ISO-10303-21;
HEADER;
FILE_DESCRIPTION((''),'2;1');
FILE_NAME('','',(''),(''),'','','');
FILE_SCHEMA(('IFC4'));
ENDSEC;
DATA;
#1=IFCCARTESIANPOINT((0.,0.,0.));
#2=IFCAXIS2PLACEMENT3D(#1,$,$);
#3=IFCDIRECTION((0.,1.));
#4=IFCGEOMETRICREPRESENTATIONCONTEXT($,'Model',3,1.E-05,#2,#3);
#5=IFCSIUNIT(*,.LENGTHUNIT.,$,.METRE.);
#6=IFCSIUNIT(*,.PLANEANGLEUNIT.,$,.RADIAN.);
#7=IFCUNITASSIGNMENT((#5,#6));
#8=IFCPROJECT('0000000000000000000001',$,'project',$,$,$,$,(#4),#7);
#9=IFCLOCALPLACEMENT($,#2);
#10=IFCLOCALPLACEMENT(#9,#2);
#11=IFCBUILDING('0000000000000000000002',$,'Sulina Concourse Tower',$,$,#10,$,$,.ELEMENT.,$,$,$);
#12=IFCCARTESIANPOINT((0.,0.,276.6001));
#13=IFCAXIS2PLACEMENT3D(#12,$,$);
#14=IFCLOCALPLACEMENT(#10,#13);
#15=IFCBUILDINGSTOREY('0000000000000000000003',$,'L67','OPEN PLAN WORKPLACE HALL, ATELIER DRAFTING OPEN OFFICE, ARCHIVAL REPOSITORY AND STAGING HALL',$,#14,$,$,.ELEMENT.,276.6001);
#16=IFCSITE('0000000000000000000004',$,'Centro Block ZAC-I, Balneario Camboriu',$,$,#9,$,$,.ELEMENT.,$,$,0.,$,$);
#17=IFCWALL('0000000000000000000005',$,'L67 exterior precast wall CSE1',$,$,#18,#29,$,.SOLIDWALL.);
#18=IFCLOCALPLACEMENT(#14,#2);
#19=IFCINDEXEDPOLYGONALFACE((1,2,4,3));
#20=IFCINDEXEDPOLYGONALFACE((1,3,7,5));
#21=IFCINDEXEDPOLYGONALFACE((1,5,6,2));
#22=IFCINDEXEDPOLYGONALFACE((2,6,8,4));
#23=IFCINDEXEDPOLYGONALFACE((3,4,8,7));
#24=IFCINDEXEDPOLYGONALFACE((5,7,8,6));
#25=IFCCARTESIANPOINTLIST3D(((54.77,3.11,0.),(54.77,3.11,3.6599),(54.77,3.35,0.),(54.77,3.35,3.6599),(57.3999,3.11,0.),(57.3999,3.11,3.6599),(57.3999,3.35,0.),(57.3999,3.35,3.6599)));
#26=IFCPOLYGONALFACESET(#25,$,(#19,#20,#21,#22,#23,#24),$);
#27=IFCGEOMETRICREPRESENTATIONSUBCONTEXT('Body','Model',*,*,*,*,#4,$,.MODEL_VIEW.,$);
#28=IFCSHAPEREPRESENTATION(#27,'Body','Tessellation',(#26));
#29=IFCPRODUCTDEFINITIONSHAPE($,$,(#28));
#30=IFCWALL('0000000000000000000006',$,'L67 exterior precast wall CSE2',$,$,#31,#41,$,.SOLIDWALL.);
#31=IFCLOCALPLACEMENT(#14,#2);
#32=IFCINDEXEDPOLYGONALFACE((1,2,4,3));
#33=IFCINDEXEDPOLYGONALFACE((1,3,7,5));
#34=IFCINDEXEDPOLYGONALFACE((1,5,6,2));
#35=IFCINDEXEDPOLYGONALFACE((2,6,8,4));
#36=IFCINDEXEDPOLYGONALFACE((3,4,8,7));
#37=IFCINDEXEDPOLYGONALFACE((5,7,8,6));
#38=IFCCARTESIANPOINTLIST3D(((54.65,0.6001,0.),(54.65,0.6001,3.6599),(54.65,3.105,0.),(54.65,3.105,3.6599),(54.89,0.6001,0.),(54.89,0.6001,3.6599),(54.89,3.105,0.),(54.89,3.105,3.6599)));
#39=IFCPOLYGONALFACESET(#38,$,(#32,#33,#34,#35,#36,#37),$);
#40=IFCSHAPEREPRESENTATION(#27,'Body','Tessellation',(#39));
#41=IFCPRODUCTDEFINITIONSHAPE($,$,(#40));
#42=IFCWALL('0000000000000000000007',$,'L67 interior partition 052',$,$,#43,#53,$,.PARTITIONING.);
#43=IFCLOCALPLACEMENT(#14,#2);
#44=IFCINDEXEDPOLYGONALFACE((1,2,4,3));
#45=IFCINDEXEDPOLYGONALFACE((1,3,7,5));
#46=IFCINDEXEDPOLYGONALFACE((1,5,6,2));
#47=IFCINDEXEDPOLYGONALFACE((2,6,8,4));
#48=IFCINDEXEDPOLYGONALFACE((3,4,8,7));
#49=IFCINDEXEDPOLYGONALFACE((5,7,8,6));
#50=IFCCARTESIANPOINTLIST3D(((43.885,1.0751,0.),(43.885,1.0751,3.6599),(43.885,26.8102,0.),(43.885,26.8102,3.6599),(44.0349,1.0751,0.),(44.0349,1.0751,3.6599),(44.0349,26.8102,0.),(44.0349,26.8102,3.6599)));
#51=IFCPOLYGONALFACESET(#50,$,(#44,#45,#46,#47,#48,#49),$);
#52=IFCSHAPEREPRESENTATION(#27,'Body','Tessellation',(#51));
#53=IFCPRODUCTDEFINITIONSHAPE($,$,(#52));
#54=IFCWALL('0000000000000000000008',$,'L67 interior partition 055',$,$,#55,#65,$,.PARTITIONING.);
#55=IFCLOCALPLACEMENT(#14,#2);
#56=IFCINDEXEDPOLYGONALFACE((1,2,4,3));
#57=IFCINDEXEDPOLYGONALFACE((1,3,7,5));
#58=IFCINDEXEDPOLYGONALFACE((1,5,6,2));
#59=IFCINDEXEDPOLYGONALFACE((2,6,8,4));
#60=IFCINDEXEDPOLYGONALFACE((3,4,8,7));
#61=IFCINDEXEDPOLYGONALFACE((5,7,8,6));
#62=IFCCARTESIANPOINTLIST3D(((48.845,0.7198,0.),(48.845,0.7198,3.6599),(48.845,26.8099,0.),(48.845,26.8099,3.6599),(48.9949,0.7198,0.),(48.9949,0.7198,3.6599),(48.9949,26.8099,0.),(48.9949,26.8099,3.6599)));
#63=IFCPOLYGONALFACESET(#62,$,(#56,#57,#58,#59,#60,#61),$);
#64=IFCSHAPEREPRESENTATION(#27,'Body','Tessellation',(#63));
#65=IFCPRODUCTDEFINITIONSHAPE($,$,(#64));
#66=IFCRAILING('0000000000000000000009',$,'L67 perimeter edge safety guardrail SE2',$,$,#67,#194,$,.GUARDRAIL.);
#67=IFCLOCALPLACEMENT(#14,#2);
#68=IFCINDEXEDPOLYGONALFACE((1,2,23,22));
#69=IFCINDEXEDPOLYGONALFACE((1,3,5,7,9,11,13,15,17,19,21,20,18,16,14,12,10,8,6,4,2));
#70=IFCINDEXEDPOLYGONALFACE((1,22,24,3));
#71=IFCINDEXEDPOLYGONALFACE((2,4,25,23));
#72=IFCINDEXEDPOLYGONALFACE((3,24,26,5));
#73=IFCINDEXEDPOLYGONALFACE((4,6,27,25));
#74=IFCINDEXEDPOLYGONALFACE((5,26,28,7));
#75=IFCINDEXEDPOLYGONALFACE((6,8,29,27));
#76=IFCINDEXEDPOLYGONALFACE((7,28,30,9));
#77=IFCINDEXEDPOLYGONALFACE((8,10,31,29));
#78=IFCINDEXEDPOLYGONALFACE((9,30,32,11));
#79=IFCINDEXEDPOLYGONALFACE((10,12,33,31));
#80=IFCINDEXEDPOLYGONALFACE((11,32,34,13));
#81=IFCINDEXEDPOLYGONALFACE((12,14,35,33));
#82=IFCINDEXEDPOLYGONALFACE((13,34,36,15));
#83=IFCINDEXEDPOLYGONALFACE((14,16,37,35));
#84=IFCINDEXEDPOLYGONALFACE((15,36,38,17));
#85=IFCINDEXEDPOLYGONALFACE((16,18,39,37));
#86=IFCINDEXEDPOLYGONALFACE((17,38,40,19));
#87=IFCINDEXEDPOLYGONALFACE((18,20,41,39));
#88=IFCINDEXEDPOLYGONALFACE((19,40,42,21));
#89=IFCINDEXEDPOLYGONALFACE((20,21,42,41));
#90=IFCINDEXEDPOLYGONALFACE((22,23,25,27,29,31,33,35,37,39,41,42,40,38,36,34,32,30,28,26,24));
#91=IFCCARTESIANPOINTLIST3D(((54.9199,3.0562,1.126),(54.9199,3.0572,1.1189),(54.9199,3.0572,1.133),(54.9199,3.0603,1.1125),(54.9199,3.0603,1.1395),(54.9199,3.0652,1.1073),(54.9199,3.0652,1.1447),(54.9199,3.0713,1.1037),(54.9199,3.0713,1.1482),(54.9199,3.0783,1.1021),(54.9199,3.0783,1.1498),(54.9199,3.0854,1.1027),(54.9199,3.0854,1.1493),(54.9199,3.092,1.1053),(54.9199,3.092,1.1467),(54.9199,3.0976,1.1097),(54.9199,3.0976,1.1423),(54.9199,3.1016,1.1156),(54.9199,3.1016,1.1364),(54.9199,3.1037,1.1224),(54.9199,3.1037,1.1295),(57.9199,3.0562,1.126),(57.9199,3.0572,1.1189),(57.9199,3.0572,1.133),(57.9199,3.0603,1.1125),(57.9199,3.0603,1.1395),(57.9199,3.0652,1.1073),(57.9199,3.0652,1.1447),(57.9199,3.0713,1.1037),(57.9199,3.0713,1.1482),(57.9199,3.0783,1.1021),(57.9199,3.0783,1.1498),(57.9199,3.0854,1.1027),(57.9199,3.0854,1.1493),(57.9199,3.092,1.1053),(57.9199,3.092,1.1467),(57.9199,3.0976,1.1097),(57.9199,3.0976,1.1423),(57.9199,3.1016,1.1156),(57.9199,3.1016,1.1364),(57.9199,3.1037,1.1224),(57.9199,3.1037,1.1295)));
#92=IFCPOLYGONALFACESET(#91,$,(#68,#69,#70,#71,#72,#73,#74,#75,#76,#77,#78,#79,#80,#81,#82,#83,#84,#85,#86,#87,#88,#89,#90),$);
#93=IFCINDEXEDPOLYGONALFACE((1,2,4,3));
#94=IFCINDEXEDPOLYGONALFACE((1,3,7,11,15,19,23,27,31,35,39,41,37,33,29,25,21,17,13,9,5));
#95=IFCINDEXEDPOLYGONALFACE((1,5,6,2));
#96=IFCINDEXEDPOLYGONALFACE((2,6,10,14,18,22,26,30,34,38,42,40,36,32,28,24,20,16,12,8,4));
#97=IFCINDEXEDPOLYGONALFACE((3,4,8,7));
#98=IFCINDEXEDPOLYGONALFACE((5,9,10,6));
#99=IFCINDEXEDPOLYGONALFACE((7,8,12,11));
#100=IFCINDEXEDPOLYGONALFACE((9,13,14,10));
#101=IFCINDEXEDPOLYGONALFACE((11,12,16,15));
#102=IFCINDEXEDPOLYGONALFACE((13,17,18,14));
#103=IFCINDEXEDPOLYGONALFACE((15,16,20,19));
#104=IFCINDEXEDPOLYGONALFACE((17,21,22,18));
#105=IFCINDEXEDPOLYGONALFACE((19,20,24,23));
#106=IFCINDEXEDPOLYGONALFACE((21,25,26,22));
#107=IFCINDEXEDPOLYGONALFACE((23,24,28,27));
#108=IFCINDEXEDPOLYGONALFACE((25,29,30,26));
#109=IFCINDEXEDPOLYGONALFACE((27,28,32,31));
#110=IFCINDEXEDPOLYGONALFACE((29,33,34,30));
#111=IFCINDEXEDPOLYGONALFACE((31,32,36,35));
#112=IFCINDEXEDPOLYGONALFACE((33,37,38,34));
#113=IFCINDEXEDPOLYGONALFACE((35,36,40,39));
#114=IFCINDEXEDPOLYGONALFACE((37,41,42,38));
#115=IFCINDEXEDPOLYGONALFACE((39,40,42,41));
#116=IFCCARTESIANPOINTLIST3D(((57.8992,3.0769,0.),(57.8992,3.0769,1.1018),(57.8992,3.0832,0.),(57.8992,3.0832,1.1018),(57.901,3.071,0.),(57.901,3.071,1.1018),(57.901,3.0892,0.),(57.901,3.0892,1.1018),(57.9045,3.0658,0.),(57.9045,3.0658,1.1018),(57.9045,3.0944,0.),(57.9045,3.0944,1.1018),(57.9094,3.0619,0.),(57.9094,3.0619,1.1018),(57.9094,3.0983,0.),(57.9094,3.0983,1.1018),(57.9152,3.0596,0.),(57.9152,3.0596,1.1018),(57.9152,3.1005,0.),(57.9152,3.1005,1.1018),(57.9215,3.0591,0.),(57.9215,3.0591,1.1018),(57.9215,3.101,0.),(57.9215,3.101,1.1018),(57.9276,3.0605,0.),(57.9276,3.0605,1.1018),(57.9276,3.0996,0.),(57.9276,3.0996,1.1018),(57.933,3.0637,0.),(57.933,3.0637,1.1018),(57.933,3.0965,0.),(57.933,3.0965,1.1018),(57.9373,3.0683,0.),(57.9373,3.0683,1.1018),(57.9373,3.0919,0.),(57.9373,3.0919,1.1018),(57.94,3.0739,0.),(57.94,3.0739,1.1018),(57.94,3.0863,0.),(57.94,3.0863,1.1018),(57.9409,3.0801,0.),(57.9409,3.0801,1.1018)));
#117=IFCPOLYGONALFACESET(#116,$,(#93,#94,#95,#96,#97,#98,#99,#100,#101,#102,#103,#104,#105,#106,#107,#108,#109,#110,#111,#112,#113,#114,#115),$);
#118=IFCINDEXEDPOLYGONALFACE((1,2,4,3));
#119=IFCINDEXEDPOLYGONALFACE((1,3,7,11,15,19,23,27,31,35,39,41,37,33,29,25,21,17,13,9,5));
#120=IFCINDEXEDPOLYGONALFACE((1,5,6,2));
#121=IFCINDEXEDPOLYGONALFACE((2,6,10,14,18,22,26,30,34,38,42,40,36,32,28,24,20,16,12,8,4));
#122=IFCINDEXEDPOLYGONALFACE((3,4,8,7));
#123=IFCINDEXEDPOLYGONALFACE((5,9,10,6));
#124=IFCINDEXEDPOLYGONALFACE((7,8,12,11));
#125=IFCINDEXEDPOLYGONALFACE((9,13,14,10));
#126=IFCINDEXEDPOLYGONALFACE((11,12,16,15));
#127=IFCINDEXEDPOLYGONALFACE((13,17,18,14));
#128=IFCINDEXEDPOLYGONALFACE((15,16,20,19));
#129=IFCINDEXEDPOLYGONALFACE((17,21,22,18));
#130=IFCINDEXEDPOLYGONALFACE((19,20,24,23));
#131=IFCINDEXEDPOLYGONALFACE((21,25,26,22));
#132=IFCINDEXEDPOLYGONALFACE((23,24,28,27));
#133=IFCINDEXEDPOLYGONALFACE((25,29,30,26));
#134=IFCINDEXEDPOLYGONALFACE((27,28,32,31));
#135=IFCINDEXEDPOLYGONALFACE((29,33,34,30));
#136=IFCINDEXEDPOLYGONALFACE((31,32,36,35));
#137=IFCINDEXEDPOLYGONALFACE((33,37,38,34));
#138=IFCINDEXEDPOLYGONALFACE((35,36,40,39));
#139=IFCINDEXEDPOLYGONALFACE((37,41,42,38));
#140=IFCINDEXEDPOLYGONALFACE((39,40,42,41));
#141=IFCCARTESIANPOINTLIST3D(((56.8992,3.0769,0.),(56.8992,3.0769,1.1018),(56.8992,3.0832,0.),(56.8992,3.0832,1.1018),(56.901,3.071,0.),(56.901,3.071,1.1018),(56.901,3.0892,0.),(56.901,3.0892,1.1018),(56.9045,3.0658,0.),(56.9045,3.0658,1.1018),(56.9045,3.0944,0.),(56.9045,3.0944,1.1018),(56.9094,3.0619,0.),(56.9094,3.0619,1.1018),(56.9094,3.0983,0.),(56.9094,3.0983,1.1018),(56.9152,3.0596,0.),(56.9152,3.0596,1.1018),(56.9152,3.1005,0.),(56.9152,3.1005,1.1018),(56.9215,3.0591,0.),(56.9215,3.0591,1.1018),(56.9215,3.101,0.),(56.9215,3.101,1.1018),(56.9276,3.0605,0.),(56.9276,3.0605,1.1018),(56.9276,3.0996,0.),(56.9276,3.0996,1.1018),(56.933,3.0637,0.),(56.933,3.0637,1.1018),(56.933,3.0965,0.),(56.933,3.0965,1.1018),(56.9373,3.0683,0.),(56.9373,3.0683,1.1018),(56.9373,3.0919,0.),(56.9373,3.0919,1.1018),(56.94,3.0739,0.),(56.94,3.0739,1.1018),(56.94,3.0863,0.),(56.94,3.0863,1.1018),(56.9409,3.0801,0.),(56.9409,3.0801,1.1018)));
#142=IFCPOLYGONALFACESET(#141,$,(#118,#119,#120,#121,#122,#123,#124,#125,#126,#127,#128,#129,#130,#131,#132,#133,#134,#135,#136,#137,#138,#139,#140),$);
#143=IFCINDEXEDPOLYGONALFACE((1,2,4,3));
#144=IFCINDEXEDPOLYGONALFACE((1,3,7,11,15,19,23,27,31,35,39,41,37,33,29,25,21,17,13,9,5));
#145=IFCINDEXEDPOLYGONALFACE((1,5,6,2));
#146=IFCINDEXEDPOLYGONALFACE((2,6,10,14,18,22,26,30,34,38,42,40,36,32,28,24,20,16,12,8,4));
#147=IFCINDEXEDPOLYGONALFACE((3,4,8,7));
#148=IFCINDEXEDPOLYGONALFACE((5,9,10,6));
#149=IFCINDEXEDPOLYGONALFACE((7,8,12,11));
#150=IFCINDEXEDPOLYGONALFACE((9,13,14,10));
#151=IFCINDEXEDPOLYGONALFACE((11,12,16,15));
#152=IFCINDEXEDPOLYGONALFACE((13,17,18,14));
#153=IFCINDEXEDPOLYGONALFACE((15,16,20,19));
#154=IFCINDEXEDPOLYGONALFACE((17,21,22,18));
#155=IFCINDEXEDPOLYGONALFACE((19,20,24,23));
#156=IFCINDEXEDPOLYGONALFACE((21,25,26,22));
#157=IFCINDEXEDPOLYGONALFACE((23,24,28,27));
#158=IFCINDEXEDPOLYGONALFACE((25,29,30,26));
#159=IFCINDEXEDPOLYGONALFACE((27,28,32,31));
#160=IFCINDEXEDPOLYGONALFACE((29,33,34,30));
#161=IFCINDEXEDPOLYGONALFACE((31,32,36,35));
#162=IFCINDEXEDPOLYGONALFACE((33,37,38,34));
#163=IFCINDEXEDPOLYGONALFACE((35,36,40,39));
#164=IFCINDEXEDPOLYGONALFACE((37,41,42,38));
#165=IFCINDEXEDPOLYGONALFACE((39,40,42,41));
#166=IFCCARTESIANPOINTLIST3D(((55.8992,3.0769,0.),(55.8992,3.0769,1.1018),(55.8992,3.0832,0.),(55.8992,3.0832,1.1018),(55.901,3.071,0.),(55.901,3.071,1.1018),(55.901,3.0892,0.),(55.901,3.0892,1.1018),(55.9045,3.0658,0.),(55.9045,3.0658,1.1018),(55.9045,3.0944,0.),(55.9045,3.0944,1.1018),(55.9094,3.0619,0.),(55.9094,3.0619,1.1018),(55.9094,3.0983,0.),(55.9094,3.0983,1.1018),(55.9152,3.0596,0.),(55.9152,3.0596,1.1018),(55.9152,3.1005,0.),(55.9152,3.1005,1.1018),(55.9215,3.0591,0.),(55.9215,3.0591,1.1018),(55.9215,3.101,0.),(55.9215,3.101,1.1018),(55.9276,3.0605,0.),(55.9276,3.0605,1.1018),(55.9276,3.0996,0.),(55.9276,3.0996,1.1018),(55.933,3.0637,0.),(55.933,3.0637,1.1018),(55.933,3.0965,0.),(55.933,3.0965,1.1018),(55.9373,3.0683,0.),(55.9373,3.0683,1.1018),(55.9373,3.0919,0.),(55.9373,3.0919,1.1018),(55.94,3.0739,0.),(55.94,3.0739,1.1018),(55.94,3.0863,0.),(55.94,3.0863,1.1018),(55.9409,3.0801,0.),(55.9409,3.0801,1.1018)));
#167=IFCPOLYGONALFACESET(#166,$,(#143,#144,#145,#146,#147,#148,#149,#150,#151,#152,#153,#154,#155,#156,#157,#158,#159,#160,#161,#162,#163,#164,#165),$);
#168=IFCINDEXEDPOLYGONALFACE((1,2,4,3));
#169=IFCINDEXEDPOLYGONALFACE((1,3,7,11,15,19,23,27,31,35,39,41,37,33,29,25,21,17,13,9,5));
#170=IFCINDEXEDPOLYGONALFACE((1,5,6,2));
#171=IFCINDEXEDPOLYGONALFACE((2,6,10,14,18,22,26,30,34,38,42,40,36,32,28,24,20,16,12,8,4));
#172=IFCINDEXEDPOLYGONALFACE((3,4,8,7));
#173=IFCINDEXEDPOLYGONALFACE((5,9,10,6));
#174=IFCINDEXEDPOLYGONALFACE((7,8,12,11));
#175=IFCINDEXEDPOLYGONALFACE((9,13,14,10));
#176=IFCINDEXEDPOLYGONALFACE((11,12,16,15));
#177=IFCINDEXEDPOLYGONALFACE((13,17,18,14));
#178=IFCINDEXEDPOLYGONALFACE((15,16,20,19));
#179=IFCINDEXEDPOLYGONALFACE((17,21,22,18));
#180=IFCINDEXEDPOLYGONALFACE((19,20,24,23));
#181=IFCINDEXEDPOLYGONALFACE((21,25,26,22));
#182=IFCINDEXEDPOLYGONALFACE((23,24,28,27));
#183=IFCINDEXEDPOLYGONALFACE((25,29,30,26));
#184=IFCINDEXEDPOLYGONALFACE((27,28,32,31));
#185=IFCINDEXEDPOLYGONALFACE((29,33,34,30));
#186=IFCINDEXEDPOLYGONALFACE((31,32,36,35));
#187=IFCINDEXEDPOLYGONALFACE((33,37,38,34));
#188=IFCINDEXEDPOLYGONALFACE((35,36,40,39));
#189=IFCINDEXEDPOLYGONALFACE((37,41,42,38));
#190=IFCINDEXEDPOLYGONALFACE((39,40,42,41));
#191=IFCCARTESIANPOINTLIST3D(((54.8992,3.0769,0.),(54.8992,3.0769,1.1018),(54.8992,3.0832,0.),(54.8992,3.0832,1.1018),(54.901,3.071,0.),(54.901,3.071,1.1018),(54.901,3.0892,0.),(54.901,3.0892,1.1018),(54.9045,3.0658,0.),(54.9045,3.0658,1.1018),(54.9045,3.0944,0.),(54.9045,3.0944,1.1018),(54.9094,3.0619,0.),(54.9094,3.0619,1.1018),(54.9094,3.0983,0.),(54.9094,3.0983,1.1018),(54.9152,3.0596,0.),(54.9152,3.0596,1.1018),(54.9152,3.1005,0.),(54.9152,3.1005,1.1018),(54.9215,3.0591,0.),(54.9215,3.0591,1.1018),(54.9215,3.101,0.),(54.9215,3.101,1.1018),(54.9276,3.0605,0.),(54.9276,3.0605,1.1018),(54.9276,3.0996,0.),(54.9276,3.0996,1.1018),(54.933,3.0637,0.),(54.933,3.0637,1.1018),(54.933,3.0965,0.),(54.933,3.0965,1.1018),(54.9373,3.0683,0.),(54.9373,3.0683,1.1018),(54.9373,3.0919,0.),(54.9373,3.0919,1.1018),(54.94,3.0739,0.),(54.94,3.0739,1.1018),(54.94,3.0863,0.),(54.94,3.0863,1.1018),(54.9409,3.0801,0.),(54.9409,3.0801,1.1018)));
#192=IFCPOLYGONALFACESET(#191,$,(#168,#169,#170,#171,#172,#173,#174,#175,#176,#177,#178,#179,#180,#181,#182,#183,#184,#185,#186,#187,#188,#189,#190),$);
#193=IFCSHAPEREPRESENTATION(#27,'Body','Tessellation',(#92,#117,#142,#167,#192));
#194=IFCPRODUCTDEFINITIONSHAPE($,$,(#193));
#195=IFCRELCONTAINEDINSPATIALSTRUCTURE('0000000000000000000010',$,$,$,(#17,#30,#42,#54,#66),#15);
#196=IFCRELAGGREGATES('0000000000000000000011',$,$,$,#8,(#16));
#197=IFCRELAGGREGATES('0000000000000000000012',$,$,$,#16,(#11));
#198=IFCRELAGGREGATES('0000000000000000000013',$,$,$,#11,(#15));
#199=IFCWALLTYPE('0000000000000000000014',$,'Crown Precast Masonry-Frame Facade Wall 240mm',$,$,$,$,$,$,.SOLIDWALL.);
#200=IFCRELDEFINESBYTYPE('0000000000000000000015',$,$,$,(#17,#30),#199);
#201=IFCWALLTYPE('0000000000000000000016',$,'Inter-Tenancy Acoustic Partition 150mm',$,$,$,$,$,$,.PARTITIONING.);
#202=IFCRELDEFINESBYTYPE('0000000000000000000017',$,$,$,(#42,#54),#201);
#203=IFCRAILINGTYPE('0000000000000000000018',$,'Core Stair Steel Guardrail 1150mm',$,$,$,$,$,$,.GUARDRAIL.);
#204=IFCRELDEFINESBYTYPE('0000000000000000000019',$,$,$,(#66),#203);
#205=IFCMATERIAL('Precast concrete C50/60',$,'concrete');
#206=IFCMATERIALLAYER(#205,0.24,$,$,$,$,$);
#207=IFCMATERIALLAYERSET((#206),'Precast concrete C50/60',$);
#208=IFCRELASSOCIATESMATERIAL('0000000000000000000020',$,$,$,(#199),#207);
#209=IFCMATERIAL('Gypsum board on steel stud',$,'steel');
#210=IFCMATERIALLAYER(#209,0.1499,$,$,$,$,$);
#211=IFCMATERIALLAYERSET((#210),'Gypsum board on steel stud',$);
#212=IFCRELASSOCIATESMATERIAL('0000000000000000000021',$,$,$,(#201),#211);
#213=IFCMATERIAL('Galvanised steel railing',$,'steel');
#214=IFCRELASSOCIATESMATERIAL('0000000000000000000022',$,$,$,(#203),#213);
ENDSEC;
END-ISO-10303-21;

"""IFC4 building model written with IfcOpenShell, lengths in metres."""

from ifc_helpers import new_model, si_unit, direction, frame, frame_2d, origin, origin_2d, place, context, subcontext, project, spatial, rectangle, circle, extrude, material, layer, layer_set, type_object, element, save


model = new_model("IFC4")

# Units and contexts
model_context = context("Model", 3, precision=1e-05, world=origin(), true_north=direction((0.0, 1.0)))
body_context = subcontext(model_context, "Body", "Model", "MODEL_VIEW")
ifc_project = project(units=[si_unit("LENGTHUNIT", "METRE"), si_unit("PLANEANGLEUNIT", "RADIAN")], contexts=[model_context])

# Site, building, storey
site_placement = place(None, origin())
site = spatial("IfcSite", under=ifc_project, at=site_placement, Name="Centro Block ZAC-I, Balneario Camboriu", CompositionType="ELEMENT", RefElevation=0.0)
building_placement = place(site_placement, origin())
building = spatial("IfcBuilding", under=site, at=building_placement, Name="Sulina Concourse Tower", CompositionType="ELEMENT")
storey_placement = place(building_placement, frame((0.0, 0.0, 276.6001)))
storey = spatial("IfcBuildingStorey", under=building, at=storey_placement, Name="L67", Description="OPEN PLAN WORKPLACE HALL, ATELIER DRAFTING OPEN OFFICE, ARCHIVAL REPOSITORY AND STAGING HALL", CompositionType="ELEMENT", Elevation=276.6001)

# Shared definitions
ifc_material_1 = material(Name="Precast concrete C50/60", Category="concrete")
ifc_layer_1 = layer(ifc_material_1, 0.24)
ifc_layer_set_1 = layer_set([ifc_layer_1], Name="Precast concrete C50/60")
wall_type_1 = type_object("IfcWallType", Name="Crown Precast Masonry-Frame Facade Wall 240mm", PredefinedType="SOLIDWALL", material=ifc_layer_set_1)

# Walls
wall_1_placement = place(storey_placement, frame((57.3999, 3.23, 0.0), z_axis=(0.0, 0.0, 1.0), x_axis=(-1.0, 0.0, 0.0)))
element("IfcWall", 1, at=wall_1_placement, inside=storey, type_object=wall_type_1, Name="L67 exterior precast wall CSE1", PredefinedType="SOLIDWALL", context=body_context, shape_type="SweptSolid", body=[
    extrude(rectangle(XDim=2.6299, YDim=0.24, at=frame_2d((1.3149, 0.0))), origin(), (0.0, 0.0, 1.0), 3.6599),
])
wall_2_placement = place(storey_placement, frame((54.77, 3.105, 0.0), z_axis=(0.0, 0.0, 1.0), x_axis=(0.0, -1.0, 0.0)))
element("IfcWall", 2, at=wall_2_placement, inside=storey, type_object=wall_type_1, Name="L67 exterior precast wall CSE2", PredefinedType="SOLIDWALL", context=body_context, shape_type="SweptSolid", body=[
    extrude(rectangle(XDim=2.5049, YDim=0.24, at=frame_2d((1.2524, 0.0))), origin(), (0.0, 0.0, 1.0), 3.6599),
])
ifc_material_2 = material(Name="Gypsum board on steel stud", Category="steel")
ifc_layer_2 = layer(ifc_material_2, 0.1499)
ifc_layer_set_2 = layer_set([ifc_layer_2], Name="Gypsum board on steel stud")
wall_type_2 = type_object("IfcWallType", Name="Inter-Tenancy Acoustic Partition 150mm", PredefinedType="PARTITIONING", material=ifc_layer_set_2)
wall_3_placement = place(storey_placement, frame((43.96, 1.075, 0.0), z_axis=(0.0, 0.0, 1.0), x_axis=(0.0, 1.0, 0.0)))
element("IfcWall", 3, at=wall_3_placement, inside=storey, type_object=wall_type_2, Name="L67 interior partition 052", PredefinedType="PARTITIONING", context=body_context, shape_type="SweptSolid", body=[
    extrude(rectangle(XDim=25.7351, YDim=0.1499, at=frame_2d((12.8677, 0.0))), origin(), (0.0, 0.0, 1.0), 3.6599),
])
wall_4_placement = place(storey_placement, frame((48.9199, 0.72, 0.0), z_axis=(0.0, 0.0, 1.0), x_axis=(0.0, 1.0, 0.0)))
element("IfcWall", 4, at=wall_4_placement, inside=storey, type_object=wall_type_2, Name="L67 interior partition 055", PredefinedType="PARTITIONING", context=body_context, shape_type="SweptSolid", body=[
    extrude(rectangle(XDim=26.0901, YDim=0.1499, at=frame_2d((13.0449, 0.0))), origin(), (0.0, 0.0, 1.0), 3.6599),
])

# Railing
ifc_material_3 = material(Name="Galvanised steel railing", Category="steel")
railing_type = type_object("IfcRailingType", Name="Core Stair Steel Guardrail 1150mm", PredefinedType="GUARDRAIL", material=ifc_material_3)
railing_1_placement = place(storey_placement, frame((57.9199, 3.0801, 0.0)))
element("IfcRailing", 5, at=railing_1_placement, inside=storey, type_object=railing_type, Name="L67 perimeter edge safety guardrail SE2", PredefinedType="GUARDRAIL", context=body_context, shape_type="SweptSolid", body=[
    extrude(circle(Radius=0.0239, at=origin_2d()), frame((0.0, 0.0, 1.126), z_axis=(-1.0, 0.0, 0.0), x_axis=(0.0, -1.0, 0.0)), (0.0, 0.0, 1.0), 3.0),
    extrude(circle(Radius=0.021, at=origin_2d()), origin(), (0.0, 0.0, 1.0), 1.1018),
    extrude(circle(Radius=0.021, at=origin_2d()), frame((-1.0, 0.0, 0.0)), (0.0, 0.0, 1.0), 1.1018),
    extrude(circle(Radius=0.021, at=origin_2d()), frame((-2.0, 0.0, 0.0)), (0.0, 0.0, 1.0), 1.1018),
    extrude(circle(Radius=0.021, at=origin_2d()), frame((-3.0, 0.0, 0.0)), (0.0, 0.0, 1.0), 1.1018),
])

save(model, "model.ifc")
